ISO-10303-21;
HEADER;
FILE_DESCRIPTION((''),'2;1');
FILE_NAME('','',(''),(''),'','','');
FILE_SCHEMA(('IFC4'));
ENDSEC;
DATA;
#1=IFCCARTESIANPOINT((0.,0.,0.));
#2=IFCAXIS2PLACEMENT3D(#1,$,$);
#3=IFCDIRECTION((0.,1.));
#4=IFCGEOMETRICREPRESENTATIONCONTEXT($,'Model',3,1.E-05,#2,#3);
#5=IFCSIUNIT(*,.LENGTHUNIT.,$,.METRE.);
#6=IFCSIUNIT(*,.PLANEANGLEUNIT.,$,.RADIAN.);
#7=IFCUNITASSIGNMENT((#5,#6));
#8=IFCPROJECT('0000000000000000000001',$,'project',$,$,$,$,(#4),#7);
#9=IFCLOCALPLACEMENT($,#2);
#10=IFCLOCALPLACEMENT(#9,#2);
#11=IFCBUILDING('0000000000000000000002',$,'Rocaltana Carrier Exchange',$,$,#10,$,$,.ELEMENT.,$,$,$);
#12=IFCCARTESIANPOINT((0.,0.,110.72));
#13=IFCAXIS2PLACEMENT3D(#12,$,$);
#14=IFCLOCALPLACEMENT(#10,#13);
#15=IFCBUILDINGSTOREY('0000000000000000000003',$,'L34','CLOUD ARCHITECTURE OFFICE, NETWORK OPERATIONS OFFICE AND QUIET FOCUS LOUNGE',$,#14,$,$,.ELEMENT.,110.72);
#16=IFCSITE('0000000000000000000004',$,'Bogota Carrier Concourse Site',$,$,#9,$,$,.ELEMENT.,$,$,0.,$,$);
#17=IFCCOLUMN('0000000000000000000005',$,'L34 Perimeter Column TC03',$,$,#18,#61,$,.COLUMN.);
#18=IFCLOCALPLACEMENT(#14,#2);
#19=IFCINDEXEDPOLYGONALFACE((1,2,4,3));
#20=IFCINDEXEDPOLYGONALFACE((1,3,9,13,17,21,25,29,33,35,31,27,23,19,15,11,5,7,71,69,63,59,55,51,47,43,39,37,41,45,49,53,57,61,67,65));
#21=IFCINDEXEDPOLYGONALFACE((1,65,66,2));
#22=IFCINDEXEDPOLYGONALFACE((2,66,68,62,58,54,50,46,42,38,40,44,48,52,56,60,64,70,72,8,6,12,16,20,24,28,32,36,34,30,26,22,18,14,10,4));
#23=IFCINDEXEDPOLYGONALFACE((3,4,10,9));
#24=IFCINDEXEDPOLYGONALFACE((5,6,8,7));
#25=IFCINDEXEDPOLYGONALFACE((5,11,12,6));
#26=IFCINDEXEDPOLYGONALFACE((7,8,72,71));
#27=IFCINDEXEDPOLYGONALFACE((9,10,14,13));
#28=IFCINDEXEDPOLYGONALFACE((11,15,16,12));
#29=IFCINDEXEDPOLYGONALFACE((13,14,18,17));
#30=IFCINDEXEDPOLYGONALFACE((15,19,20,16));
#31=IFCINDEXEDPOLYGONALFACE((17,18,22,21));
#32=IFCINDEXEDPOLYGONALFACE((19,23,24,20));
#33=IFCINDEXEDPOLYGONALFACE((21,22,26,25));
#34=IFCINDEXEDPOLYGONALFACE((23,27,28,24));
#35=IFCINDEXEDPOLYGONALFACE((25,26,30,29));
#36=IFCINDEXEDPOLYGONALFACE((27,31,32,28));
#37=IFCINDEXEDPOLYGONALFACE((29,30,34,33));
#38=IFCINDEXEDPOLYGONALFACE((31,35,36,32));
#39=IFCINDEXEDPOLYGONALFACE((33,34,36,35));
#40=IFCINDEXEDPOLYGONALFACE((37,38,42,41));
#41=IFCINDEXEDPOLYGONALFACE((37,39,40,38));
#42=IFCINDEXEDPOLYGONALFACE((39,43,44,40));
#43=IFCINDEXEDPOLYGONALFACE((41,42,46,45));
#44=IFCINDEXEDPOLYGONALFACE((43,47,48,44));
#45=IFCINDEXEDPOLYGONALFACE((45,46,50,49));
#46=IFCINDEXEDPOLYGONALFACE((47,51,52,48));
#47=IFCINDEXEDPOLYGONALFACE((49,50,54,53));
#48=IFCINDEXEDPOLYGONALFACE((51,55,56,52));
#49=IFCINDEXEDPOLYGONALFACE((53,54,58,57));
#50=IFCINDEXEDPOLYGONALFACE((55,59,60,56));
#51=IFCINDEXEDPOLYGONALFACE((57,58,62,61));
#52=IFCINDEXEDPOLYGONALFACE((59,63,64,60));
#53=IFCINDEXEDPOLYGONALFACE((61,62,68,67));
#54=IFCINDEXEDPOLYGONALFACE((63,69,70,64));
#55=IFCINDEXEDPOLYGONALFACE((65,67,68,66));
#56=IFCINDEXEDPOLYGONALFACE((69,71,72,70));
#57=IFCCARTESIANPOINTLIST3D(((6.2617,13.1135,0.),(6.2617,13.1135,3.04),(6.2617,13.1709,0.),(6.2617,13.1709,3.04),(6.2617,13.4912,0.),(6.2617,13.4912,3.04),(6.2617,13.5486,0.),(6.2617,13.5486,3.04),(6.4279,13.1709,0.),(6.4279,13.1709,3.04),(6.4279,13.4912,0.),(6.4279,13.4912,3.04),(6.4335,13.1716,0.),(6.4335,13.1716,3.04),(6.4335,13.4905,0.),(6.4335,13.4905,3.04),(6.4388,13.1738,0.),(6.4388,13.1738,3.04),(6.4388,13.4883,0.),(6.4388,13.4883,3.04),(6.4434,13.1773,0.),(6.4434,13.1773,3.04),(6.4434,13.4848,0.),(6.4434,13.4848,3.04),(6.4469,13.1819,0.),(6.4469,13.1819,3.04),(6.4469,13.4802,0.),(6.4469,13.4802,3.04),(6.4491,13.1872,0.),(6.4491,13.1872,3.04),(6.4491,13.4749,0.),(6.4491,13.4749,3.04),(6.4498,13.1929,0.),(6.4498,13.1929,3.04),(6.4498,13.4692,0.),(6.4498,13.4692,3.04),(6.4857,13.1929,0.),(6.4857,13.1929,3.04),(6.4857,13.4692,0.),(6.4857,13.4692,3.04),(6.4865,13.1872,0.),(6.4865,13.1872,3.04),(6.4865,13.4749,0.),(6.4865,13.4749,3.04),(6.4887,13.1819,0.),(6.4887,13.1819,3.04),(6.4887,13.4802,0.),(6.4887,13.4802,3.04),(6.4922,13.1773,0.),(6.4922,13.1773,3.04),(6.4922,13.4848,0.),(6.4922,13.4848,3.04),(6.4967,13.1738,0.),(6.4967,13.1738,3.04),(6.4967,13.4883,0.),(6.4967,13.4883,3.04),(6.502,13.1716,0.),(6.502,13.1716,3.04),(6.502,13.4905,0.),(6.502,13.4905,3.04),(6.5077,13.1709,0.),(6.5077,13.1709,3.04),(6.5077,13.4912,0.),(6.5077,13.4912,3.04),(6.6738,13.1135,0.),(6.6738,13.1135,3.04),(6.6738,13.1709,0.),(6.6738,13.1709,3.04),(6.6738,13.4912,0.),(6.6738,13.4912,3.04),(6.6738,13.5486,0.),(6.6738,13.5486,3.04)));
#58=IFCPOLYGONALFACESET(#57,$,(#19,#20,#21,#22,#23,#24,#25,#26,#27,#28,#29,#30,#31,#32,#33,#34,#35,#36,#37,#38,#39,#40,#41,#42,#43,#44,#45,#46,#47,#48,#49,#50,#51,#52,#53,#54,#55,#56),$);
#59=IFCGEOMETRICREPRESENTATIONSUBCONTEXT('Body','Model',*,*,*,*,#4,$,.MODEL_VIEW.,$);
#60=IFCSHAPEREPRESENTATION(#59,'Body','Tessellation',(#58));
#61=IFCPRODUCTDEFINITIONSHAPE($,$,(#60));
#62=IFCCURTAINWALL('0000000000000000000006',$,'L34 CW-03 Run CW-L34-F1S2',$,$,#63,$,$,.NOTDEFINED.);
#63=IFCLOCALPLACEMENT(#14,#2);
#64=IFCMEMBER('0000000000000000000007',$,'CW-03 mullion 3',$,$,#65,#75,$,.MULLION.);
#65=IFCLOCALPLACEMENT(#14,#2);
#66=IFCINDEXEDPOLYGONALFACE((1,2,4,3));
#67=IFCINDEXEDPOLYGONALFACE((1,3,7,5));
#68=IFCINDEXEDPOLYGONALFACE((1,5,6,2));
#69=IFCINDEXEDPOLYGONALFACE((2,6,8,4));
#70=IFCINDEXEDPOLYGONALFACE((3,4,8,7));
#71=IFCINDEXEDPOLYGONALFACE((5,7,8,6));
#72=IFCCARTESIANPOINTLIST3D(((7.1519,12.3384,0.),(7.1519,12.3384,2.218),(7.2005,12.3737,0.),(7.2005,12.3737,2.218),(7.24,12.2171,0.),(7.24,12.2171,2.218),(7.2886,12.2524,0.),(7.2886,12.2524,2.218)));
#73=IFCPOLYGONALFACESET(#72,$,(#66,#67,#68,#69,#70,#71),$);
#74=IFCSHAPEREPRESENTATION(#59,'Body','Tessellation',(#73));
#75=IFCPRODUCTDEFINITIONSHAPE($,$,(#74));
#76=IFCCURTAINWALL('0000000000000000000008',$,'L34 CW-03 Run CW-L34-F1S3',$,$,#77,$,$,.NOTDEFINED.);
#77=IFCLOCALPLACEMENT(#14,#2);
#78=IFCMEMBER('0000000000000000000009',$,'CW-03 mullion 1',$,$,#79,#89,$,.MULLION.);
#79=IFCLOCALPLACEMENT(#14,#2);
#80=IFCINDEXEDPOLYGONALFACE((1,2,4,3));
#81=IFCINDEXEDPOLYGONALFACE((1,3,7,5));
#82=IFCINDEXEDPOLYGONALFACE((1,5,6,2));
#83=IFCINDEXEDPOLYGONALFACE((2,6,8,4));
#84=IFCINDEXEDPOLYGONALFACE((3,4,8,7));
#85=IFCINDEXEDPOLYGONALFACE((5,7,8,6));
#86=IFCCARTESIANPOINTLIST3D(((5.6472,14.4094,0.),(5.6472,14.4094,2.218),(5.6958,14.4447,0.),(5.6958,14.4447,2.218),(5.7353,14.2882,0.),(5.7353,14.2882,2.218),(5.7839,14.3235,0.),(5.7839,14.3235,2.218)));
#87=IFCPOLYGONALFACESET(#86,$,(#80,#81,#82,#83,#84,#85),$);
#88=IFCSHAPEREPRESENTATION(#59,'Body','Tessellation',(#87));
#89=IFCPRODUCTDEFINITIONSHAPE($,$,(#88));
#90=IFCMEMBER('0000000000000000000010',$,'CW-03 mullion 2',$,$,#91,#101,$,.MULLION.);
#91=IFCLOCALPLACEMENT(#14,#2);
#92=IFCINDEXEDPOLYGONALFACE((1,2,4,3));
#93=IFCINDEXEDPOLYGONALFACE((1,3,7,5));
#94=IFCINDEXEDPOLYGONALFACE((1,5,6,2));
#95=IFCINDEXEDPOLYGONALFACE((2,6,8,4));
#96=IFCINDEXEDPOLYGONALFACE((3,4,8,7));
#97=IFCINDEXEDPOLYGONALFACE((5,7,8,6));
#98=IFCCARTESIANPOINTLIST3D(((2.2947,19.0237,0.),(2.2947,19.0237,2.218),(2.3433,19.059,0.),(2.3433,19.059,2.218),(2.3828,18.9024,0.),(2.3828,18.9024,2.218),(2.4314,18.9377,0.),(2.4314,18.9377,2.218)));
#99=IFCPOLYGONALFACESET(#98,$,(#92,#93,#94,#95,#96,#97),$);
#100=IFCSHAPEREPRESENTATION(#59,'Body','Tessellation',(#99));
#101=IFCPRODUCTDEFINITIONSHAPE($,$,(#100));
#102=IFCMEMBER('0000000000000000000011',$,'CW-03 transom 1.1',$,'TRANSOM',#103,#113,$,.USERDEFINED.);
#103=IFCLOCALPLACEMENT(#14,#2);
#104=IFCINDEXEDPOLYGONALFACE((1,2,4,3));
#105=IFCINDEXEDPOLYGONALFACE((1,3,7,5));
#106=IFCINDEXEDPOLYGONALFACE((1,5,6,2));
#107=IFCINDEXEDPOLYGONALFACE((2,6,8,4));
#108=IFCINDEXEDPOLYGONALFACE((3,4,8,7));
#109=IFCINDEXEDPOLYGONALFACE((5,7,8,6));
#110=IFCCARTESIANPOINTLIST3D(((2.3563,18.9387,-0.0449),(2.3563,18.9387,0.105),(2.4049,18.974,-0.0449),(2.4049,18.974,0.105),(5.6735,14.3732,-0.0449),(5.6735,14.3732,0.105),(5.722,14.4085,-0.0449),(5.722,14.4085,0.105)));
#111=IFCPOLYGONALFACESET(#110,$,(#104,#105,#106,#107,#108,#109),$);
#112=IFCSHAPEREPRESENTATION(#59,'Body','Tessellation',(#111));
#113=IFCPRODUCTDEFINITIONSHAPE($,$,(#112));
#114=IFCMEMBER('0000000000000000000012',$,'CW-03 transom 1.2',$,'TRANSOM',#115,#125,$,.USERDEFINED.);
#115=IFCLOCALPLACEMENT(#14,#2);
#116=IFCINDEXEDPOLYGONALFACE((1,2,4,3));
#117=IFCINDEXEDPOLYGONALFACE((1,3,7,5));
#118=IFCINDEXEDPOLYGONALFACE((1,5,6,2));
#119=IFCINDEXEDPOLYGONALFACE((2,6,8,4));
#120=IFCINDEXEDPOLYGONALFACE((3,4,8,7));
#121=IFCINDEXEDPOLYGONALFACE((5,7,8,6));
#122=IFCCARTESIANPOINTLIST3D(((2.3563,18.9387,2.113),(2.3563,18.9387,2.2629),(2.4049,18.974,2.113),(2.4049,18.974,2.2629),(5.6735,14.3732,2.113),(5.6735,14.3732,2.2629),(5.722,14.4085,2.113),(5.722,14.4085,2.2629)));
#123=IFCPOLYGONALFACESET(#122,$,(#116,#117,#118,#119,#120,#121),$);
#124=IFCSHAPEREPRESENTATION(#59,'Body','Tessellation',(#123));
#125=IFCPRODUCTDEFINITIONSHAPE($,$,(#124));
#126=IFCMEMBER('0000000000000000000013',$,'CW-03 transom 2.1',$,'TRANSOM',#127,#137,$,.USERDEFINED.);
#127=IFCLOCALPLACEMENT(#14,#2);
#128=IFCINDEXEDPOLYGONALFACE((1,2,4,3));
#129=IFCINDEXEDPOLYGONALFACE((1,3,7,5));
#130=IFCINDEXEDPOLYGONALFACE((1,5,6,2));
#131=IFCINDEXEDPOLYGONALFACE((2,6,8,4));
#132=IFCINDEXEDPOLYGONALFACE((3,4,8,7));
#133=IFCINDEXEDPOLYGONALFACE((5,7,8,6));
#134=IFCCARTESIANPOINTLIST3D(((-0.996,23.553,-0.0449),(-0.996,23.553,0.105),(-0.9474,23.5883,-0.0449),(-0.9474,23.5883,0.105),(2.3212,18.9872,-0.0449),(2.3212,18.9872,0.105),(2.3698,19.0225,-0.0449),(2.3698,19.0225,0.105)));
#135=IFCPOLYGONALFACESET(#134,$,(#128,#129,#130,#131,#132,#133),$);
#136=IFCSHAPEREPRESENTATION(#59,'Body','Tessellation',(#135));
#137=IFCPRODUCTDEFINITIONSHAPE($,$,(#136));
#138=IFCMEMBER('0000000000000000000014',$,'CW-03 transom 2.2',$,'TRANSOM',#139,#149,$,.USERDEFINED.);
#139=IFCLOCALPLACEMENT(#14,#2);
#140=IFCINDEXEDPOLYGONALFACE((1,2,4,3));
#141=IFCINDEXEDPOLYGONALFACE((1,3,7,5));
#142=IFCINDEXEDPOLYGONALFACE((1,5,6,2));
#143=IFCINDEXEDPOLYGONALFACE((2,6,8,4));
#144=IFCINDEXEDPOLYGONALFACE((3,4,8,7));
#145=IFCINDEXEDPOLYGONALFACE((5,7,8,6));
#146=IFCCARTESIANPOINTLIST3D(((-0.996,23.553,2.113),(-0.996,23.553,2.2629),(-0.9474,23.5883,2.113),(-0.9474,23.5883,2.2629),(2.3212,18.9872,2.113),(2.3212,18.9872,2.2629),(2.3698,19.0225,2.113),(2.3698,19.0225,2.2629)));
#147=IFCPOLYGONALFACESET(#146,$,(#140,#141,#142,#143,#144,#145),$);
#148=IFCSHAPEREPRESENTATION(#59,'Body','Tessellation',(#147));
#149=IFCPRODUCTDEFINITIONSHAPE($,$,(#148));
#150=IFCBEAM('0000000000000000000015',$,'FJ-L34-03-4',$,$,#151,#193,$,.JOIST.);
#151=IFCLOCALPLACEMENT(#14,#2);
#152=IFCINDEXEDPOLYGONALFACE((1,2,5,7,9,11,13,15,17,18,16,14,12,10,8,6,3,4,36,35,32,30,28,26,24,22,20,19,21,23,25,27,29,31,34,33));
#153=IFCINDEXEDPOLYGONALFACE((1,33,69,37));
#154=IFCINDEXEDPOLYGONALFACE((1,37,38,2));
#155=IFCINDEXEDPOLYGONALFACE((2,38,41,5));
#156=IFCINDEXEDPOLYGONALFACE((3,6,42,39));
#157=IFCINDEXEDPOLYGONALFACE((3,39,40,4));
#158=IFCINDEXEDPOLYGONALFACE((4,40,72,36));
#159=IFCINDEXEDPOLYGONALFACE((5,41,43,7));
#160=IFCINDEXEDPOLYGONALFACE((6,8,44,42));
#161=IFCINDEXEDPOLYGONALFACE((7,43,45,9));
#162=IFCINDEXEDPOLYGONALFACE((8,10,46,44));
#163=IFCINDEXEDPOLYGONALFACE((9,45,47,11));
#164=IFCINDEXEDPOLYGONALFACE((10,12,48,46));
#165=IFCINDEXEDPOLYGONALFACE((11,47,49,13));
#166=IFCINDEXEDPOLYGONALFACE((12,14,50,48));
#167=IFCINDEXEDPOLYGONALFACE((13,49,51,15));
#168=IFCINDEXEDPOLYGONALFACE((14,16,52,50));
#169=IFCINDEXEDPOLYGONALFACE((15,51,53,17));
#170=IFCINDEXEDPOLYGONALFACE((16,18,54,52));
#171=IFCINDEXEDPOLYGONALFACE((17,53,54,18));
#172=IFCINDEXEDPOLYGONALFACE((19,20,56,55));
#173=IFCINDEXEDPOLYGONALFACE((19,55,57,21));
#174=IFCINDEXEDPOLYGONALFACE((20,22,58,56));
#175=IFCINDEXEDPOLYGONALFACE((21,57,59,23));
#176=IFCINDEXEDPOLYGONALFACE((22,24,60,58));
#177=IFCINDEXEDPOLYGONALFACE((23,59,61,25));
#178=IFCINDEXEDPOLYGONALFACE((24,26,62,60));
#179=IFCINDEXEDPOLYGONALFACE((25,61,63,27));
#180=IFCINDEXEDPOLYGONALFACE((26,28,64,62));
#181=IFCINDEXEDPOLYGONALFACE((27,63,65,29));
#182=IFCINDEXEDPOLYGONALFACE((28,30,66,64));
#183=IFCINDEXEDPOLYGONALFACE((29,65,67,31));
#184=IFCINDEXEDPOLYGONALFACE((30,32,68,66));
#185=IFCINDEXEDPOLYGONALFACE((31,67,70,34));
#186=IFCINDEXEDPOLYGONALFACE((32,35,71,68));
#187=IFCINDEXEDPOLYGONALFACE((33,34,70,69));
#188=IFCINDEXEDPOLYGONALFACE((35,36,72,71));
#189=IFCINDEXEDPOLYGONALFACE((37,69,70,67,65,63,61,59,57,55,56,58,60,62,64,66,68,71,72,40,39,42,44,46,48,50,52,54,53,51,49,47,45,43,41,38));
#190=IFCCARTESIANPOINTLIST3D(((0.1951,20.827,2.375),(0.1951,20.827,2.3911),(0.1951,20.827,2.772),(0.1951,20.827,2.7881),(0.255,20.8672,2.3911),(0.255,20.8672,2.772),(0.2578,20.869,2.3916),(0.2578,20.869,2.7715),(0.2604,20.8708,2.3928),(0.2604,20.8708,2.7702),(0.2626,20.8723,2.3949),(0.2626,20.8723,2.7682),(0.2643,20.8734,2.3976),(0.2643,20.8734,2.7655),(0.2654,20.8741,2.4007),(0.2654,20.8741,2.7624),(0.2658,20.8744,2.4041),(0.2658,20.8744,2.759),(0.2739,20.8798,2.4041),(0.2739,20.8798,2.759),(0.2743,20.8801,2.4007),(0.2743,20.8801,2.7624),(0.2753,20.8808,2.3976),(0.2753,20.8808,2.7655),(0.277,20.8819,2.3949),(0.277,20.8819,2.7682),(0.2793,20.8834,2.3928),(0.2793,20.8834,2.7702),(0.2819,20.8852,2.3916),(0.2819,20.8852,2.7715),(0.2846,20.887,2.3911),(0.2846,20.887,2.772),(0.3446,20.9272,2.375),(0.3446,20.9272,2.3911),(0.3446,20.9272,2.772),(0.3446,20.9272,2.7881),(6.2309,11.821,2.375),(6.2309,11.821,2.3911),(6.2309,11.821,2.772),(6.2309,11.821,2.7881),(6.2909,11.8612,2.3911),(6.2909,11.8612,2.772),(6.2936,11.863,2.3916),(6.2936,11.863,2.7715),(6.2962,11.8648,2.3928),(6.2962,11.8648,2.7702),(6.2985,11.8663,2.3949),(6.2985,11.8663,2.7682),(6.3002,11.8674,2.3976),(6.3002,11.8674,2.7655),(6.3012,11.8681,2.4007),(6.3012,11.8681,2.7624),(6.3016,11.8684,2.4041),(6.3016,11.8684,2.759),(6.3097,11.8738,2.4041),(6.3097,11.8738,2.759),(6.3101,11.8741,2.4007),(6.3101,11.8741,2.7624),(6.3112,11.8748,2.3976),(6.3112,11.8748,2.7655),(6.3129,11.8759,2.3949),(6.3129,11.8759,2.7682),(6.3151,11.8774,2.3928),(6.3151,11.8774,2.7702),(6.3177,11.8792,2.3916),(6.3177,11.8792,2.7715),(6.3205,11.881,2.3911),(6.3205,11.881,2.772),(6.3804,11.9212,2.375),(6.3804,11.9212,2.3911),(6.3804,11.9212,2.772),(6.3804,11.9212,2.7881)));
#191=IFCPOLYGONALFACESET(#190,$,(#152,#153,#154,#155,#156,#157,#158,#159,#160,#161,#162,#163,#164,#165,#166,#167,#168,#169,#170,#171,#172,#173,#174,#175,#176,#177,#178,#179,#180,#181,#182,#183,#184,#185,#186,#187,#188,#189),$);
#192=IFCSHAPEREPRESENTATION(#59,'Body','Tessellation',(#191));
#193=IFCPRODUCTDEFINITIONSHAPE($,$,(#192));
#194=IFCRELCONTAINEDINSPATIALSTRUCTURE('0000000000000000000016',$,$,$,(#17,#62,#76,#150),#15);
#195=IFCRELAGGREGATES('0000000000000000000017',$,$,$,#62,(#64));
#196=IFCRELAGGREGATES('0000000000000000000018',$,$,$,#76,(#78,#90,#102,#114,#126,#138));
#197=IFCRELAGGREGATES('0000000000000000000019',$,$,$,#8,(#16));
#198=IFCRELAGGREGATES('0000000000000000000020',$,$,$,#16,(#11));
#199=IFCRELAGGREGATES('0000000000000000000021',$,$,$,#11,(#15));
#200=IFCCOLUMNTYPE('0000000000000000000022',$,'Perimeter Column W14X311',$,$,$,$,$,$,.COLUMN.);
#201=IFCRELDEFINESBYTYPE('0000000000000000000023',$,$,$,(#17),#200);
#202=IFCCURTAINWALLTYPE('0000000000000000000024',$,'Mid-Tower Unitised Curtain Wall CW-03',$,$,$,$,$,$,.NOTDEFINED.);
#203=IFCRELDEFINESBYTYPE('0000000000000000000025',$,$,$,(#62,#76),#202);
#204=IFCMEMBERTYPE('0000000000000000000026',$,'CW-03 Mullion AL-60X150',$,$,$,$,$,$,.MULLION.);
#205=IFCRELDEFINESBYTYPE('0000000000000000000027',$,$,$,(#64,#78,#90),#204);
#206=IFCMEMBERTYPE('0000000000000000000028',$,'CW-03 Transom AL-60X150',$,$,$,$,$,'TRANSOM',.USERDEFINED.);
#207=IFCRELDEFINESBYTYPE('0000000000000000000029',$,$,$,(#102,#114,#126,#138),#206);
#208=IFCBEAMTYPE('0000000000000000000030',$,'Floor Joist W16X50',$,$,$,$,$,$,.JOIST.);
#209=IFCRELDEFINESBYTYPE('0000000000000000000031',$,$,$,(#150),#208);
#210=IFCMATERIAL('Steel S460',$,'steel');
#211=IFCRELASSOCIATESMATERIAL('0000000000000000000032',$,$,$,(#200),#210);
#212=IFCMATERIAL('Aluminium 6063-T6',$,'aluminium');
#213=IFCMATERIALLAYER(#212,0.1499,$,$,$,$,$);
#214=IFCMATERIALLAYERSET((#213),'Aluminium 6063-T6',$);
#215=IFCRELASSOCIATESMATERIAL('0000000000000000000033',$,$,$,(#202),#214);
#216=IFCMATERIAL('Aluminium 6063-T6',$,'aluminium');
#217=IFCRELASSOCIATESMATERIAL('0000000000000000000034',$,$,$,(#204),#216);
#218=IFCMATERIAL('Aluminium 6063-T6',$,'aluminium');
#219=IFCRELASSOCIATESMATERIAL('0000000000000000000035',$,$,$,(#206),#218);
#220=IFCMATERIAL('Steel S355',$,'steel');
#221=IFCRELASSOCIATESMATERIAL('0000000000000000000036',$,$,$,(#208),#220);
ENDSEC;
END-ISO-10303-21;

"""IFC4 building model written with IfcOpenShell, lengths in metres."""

from ifc_helpers import new_model, si_unit, direction, frame, origin, origin_2d, place, context, subcontext, project, spatial, rectangle, i_section, extrude, material, layer, layer_set, material_profile, profile_set, type_object, element, aggregate, save


model = new_model("IFC4")

# Units and contexts
model_context = context("Model", 3, precision=1e-05, world=origin(), true_north=direction((0.0, 1.0)))
body_context = subcontext(model_context, "Body", "Model", "MODEL_VIEW")
ifc_project = project(units=[si_unit("LENGTHUNIT", "METRE"), si_unit("PLANEANGLEUNIT", "RADIAN")], contexts=[model_context])

# Site, building, storey
site_placement = place(None, origin())
site = spatial("IfcSite", under=ifc_project, at=site_placement, Name="Bogota Carrier Concourse Site", CompositionType="ELEMENT", RefElevation=0.0)
building_placement = place(site_placement, origin())
building = spatial("IfcBuilding", under=site, at=building_placement, Name="Rocaltana Carrier Exchange", CompositionType="ELEMENT")
storey_placement = place(building_placement, frame((0.0, 0.0, 110.72)))
storey = spatial("IfcBuildingStorey", under=building, at=storey_placement, Name="L34", Description="CLOUD ARCHITECTURE OFFICE, NETWORK OPERATIONS OFFICE AND QUIET FOCUS LOUNGE", CompositionType="ELEMENT", Elevation=110.72)

# Column
ifc_material_1 = material(Name="Steel S460", Category="steel")
ifc_material_profile_1 = material_profile(ifc_material_1, i_section(OverallWidth=0.4121, OverallDepth=0.4351, WebThickness=0.0359, FlangeThickness=0.0574, FilletRadius=0.022, at=origin_2d()), Name="W14X311")
ifc_profile_set_1 = profile_set([ifc_material_profile_1], Name="Steel S460")
column_type = type_object("IfcColumnType", Name="Perimeter Column W14X311", PredefinedType="COLUMN", material=ifc_profile_set_1)
column_placement = place(storey_placement, frame((6.4678, 13.3311, 0.0), z_axis=(0.0, 0.0, 1.0), x_axis=(1.0, 0.0, 0.0)))
element("IfcColumn", 1, at=column_placement, inside=storey, type_object=column_type, Name="L34 Perimeter Column TC03", PredefinedType="COLUMN", context=body_context, shape_type="SweptSolid", body=[
    extrude(i_section(OverallWidth=0.4121, OverallDepth=0.4351, WebThickness=0.0359, FlangeThickness=0.0574, FilletRadius=0.022, at=origin_2d()), origin(), (0.0, 0.0, 1.0), 3.04),
])

# Curtain wall, member
ifc_material_2 = material(Name="Aluminium 6063-T6", Category="aluminium")
ifc_layer_1 = layer(ifc_material_2, 0.1499)
ifc_layer_set_1 = layer_set([ifc_layer_1], Name="Aluminium 6063-T6")
curtain_wall_type = type_object("IfcCurtainWallType", Name="Mid-Tower Unitised Curtain Wall CW-03", PredefinedType="NOTDEFINED", material=ifc_layer_set_1)
curtain_wall_1_placement = place(storey_placement, origin())
curtain_wall_1 = element("IfcCurtainWall", 2, at=curtain_wall_1_placement, inside=storey, type_object=curtain_wall_type, Name="L34 CW-03 Run CW-L34-F1S2", PredefinedType="NOTDEFINED")
ifc_material_3 = material(Name="Aluminium 6063-T6", Category="aluminium")
ifc_material_profile_2 = material_profile(ifc_material_3, rectangle(XDim=0.0601, YDim=0.1499, at=origin_2d()), Name="AL-60X150")
ifc_profile_set_2 = profile_set([ifc_material_profile_2], Name="Aluminium 6063-T6")
member_type_1 = type_object("IfcMemberType", Name="CW-03 Mullion AL-60X150", PredefinedType="MULLION", material=ifc_profile_set_2)
member_1_placement = place(storey_placement, frame((7.2202, 12.2954, 0.0), z_axis=(0.0, 0.0, 1.0), x_axis=(-0.809014, -0.58779, 0.0)))
member_1 = element("IfcMember", 3, at=member_1_placement, type_object=member_type_1, Name="CW-03 mullion 3", PredefinedType="MULLION", context=body_context, shape_type="SweptSolid", body=[
    extrude(rectangle(XDim=0.0601, YDim=0.1499, at=origin_2d()), origin(), (0.0, 0.0, 1.0), 2.218),
])

# Curtain wall, members
curtain_wall_2_placement = place(storey_placement, origin())
curtain_wall_2 = element("IfcCurtainWall", 4, at=curtain_wall_2_placement, inside=storey, type_object=curtain_wall_type, Name="L34 CW-03 Run CW-L34-F1S3", PredefinedType="NOTDEFINED")
member_2_placement = place(storey_placement, frame((5.7156, 14.3665, 0.0), z_axis=(0.0, 0.0, 1.0), x_axis=(-0.809014, -0.58779, 0.0)))
member_2 = element("IfcMember", 5, at=member_2_placement, type_object=member_type_1, Name="CW-03 mullion 1", PredefinedType="MULLION", context=body_context, shape_type="SweptSolid", body=[
    extrude(rectangle(XDim=0.0601, YDim=0.1499, at=origin_2d()), origin(), (0.0, 0.0, 1.0), 2.218),
])
member_3_placement = place(storey_placement, frame((2.363, 18.9807, 0.0), z_axis=(0.0, 0.0, 1.0), x_axis=(-0.809014, -0.58779, 0.0)))
member_3 = element("IfcMember", 6, at=member_3_placement, type_object=member_type_1, Name="CW-03 mullion 2", PredefinedType="MULLION", context=body_context, shape_type="SweptSolid", body=[
    extrude(rectangle(XDim=0.0601, YDim=0.1499, at=origin_2d()), origin(), (0.0, 0.0, 1.0), 2.218),
])
ifc_material_4 = material(Name="Aluminium 6063-T6", Category="aluminium")
ifc_material_profile_3 = material_profile(ifc_material_4, rectangle(XDim=0.0601, YDim=0.1499, at=origin_2d()), Name="AL-60X150")
ifc_profile_set_3 = profile_set([ifc_material_profile_3], Name="Aluminium 6063-T6")
member_type_2 = type_object("IfcMemberType", Name="CW-03 Transom AL-60X150", ElementType="TRANSOM", PredefinedType="USERDEFINED", material=ifc_profile_set_3)
member_4_placement = place(storey_placement, frame((5.6978, 14.3909, 0.03), z_axis=(-0.587804, 0.809004, 0.0), x_axis=(-0.809004, -0.587804, 0.0)))
member_4 = element("IfcMember", 7, at=member_4_placement, type_object=member_type_2, Name="CW-03 transom 1.1", ObjectType="TRANSOM", PredefinedType="USERDEFINED", context=body_context, shape_type="SweptSolid", body=[
    extrude(rectangle(XDim=0.0601, YDim=0.1499, at=origin_2d()), origin(), (0.0, 0.0, 1.0), 5.6433),
])
member_5_placement = place(storey_placement, frame((5.6978, 14.3909, 2.188), z_axis=(-0.587804, 0.809004, 0.0), x_axis=(-0.809004, -0.587804, 0.0)))
member_5 = element("IfcMember", 8, at=member_5_placement, type_object=member_type_2, Name="CW-03 transom 1.2", ObjectType="TRANSOM", PredefinedType="USERDEFINED", context=body_context, shape_type="SweptSolid", body=[
    extrude(rectangle(XDim=0.0601, YDim=0.1499, at=origin_2d()), origin(), (0.0, 0.0, 1.0), 5.6433),
])
member_6_placement = place(storey_placement, frame((2.3455, 19.0049, 0.03), z_axis=(-0.587783, 0.809018, 0.0), x_axis=(-0.809018, -0.587783, 0.0)))
member_6 = element("IfcMember", 9, at=member_6_placement, type_object=member_type_2, Name="CW-03 transom 2.1", ObjectType="TRANSOM", PredefinedType="USERDEFINED", context=body_context, shape_type="SweptSolid", body=[
    extrude(rectangle(XDim=0.0601, YDim=0.1499, at=origin_2d()), origin(), (0.0, 0.0, 1.0), 5.6436),
])
member_7_placement = place(storey_placement, frame((2.3455, 19.0049, 2.188), z_axis=(-0.587783, 0.809018, 0.0), x_axis=(-0.809018, -0.587783, 0.0)))
member_7 = element("IfcMember", 10, at=member_7_placement, type_object=member_type_2, Name="CW-03 transom 2.2", ObjectType="TRANSOM", PredefinedType="USERDEFINED", context=body_context, shape_type="SweptSolid", body=[
    extrude(rectangle(XDim=0.0601, YDim=0.1499, at=origin_2d()), origin(), (0.0, 0.0, 1.0), 5.6436),
])

# Beam
ifc_material_5 = material(Name="Steel S355", Category="steel")
ifc_material_profile_4 = material_profile(ifc_material_5, i_section(OverallWidth=0.1799, OverallDepth=0.4131, WebThickness=0.0098, FlangeThickness=0.0161, FilletRadius=0.0129, at=origin_2d()), Name="W16X50")
ifc_profile_set_4 = profile_set([ifc_material_profile_4], Name="Steel S355")
beam_type_1 = type_object("IfcBeamType", Name="Floor Joist W16X50", PredefinedType="JOIST", material=ifc_profile_set_4)
beam_1_placement = place(storey_placement, frame((6.3057, 11.8711, 2.5815), z_axis=(-0.55673, 0.830693, 0.0), x_axis=(-0.830693, -0.55673, 0.0)))
element("IfcBeam", 11, at=beam_1_placement, inside=storey, type_object=beam_type_1, Name="FJ-L34-03-4", PredefinedType="JOIST", context=body_context, shape_type="SweptSolid", body=[
    extrude(i_section(OverallWidth=0.1799, OverallDepth=0.4131, WebThickness=0.0098, FlangeThickness=0.0161, FilletRadius=0.0129, at=origin_2d()), origin(), (0.0, 0.0, 1.0), 10.8416),
])

aggregate(curtain_wall_1, [member_1])
aggregate(curtain_wall_2, [member_2, member_3, member_4, member_5, member_6, member_7])

save(model, "model.ifc")
